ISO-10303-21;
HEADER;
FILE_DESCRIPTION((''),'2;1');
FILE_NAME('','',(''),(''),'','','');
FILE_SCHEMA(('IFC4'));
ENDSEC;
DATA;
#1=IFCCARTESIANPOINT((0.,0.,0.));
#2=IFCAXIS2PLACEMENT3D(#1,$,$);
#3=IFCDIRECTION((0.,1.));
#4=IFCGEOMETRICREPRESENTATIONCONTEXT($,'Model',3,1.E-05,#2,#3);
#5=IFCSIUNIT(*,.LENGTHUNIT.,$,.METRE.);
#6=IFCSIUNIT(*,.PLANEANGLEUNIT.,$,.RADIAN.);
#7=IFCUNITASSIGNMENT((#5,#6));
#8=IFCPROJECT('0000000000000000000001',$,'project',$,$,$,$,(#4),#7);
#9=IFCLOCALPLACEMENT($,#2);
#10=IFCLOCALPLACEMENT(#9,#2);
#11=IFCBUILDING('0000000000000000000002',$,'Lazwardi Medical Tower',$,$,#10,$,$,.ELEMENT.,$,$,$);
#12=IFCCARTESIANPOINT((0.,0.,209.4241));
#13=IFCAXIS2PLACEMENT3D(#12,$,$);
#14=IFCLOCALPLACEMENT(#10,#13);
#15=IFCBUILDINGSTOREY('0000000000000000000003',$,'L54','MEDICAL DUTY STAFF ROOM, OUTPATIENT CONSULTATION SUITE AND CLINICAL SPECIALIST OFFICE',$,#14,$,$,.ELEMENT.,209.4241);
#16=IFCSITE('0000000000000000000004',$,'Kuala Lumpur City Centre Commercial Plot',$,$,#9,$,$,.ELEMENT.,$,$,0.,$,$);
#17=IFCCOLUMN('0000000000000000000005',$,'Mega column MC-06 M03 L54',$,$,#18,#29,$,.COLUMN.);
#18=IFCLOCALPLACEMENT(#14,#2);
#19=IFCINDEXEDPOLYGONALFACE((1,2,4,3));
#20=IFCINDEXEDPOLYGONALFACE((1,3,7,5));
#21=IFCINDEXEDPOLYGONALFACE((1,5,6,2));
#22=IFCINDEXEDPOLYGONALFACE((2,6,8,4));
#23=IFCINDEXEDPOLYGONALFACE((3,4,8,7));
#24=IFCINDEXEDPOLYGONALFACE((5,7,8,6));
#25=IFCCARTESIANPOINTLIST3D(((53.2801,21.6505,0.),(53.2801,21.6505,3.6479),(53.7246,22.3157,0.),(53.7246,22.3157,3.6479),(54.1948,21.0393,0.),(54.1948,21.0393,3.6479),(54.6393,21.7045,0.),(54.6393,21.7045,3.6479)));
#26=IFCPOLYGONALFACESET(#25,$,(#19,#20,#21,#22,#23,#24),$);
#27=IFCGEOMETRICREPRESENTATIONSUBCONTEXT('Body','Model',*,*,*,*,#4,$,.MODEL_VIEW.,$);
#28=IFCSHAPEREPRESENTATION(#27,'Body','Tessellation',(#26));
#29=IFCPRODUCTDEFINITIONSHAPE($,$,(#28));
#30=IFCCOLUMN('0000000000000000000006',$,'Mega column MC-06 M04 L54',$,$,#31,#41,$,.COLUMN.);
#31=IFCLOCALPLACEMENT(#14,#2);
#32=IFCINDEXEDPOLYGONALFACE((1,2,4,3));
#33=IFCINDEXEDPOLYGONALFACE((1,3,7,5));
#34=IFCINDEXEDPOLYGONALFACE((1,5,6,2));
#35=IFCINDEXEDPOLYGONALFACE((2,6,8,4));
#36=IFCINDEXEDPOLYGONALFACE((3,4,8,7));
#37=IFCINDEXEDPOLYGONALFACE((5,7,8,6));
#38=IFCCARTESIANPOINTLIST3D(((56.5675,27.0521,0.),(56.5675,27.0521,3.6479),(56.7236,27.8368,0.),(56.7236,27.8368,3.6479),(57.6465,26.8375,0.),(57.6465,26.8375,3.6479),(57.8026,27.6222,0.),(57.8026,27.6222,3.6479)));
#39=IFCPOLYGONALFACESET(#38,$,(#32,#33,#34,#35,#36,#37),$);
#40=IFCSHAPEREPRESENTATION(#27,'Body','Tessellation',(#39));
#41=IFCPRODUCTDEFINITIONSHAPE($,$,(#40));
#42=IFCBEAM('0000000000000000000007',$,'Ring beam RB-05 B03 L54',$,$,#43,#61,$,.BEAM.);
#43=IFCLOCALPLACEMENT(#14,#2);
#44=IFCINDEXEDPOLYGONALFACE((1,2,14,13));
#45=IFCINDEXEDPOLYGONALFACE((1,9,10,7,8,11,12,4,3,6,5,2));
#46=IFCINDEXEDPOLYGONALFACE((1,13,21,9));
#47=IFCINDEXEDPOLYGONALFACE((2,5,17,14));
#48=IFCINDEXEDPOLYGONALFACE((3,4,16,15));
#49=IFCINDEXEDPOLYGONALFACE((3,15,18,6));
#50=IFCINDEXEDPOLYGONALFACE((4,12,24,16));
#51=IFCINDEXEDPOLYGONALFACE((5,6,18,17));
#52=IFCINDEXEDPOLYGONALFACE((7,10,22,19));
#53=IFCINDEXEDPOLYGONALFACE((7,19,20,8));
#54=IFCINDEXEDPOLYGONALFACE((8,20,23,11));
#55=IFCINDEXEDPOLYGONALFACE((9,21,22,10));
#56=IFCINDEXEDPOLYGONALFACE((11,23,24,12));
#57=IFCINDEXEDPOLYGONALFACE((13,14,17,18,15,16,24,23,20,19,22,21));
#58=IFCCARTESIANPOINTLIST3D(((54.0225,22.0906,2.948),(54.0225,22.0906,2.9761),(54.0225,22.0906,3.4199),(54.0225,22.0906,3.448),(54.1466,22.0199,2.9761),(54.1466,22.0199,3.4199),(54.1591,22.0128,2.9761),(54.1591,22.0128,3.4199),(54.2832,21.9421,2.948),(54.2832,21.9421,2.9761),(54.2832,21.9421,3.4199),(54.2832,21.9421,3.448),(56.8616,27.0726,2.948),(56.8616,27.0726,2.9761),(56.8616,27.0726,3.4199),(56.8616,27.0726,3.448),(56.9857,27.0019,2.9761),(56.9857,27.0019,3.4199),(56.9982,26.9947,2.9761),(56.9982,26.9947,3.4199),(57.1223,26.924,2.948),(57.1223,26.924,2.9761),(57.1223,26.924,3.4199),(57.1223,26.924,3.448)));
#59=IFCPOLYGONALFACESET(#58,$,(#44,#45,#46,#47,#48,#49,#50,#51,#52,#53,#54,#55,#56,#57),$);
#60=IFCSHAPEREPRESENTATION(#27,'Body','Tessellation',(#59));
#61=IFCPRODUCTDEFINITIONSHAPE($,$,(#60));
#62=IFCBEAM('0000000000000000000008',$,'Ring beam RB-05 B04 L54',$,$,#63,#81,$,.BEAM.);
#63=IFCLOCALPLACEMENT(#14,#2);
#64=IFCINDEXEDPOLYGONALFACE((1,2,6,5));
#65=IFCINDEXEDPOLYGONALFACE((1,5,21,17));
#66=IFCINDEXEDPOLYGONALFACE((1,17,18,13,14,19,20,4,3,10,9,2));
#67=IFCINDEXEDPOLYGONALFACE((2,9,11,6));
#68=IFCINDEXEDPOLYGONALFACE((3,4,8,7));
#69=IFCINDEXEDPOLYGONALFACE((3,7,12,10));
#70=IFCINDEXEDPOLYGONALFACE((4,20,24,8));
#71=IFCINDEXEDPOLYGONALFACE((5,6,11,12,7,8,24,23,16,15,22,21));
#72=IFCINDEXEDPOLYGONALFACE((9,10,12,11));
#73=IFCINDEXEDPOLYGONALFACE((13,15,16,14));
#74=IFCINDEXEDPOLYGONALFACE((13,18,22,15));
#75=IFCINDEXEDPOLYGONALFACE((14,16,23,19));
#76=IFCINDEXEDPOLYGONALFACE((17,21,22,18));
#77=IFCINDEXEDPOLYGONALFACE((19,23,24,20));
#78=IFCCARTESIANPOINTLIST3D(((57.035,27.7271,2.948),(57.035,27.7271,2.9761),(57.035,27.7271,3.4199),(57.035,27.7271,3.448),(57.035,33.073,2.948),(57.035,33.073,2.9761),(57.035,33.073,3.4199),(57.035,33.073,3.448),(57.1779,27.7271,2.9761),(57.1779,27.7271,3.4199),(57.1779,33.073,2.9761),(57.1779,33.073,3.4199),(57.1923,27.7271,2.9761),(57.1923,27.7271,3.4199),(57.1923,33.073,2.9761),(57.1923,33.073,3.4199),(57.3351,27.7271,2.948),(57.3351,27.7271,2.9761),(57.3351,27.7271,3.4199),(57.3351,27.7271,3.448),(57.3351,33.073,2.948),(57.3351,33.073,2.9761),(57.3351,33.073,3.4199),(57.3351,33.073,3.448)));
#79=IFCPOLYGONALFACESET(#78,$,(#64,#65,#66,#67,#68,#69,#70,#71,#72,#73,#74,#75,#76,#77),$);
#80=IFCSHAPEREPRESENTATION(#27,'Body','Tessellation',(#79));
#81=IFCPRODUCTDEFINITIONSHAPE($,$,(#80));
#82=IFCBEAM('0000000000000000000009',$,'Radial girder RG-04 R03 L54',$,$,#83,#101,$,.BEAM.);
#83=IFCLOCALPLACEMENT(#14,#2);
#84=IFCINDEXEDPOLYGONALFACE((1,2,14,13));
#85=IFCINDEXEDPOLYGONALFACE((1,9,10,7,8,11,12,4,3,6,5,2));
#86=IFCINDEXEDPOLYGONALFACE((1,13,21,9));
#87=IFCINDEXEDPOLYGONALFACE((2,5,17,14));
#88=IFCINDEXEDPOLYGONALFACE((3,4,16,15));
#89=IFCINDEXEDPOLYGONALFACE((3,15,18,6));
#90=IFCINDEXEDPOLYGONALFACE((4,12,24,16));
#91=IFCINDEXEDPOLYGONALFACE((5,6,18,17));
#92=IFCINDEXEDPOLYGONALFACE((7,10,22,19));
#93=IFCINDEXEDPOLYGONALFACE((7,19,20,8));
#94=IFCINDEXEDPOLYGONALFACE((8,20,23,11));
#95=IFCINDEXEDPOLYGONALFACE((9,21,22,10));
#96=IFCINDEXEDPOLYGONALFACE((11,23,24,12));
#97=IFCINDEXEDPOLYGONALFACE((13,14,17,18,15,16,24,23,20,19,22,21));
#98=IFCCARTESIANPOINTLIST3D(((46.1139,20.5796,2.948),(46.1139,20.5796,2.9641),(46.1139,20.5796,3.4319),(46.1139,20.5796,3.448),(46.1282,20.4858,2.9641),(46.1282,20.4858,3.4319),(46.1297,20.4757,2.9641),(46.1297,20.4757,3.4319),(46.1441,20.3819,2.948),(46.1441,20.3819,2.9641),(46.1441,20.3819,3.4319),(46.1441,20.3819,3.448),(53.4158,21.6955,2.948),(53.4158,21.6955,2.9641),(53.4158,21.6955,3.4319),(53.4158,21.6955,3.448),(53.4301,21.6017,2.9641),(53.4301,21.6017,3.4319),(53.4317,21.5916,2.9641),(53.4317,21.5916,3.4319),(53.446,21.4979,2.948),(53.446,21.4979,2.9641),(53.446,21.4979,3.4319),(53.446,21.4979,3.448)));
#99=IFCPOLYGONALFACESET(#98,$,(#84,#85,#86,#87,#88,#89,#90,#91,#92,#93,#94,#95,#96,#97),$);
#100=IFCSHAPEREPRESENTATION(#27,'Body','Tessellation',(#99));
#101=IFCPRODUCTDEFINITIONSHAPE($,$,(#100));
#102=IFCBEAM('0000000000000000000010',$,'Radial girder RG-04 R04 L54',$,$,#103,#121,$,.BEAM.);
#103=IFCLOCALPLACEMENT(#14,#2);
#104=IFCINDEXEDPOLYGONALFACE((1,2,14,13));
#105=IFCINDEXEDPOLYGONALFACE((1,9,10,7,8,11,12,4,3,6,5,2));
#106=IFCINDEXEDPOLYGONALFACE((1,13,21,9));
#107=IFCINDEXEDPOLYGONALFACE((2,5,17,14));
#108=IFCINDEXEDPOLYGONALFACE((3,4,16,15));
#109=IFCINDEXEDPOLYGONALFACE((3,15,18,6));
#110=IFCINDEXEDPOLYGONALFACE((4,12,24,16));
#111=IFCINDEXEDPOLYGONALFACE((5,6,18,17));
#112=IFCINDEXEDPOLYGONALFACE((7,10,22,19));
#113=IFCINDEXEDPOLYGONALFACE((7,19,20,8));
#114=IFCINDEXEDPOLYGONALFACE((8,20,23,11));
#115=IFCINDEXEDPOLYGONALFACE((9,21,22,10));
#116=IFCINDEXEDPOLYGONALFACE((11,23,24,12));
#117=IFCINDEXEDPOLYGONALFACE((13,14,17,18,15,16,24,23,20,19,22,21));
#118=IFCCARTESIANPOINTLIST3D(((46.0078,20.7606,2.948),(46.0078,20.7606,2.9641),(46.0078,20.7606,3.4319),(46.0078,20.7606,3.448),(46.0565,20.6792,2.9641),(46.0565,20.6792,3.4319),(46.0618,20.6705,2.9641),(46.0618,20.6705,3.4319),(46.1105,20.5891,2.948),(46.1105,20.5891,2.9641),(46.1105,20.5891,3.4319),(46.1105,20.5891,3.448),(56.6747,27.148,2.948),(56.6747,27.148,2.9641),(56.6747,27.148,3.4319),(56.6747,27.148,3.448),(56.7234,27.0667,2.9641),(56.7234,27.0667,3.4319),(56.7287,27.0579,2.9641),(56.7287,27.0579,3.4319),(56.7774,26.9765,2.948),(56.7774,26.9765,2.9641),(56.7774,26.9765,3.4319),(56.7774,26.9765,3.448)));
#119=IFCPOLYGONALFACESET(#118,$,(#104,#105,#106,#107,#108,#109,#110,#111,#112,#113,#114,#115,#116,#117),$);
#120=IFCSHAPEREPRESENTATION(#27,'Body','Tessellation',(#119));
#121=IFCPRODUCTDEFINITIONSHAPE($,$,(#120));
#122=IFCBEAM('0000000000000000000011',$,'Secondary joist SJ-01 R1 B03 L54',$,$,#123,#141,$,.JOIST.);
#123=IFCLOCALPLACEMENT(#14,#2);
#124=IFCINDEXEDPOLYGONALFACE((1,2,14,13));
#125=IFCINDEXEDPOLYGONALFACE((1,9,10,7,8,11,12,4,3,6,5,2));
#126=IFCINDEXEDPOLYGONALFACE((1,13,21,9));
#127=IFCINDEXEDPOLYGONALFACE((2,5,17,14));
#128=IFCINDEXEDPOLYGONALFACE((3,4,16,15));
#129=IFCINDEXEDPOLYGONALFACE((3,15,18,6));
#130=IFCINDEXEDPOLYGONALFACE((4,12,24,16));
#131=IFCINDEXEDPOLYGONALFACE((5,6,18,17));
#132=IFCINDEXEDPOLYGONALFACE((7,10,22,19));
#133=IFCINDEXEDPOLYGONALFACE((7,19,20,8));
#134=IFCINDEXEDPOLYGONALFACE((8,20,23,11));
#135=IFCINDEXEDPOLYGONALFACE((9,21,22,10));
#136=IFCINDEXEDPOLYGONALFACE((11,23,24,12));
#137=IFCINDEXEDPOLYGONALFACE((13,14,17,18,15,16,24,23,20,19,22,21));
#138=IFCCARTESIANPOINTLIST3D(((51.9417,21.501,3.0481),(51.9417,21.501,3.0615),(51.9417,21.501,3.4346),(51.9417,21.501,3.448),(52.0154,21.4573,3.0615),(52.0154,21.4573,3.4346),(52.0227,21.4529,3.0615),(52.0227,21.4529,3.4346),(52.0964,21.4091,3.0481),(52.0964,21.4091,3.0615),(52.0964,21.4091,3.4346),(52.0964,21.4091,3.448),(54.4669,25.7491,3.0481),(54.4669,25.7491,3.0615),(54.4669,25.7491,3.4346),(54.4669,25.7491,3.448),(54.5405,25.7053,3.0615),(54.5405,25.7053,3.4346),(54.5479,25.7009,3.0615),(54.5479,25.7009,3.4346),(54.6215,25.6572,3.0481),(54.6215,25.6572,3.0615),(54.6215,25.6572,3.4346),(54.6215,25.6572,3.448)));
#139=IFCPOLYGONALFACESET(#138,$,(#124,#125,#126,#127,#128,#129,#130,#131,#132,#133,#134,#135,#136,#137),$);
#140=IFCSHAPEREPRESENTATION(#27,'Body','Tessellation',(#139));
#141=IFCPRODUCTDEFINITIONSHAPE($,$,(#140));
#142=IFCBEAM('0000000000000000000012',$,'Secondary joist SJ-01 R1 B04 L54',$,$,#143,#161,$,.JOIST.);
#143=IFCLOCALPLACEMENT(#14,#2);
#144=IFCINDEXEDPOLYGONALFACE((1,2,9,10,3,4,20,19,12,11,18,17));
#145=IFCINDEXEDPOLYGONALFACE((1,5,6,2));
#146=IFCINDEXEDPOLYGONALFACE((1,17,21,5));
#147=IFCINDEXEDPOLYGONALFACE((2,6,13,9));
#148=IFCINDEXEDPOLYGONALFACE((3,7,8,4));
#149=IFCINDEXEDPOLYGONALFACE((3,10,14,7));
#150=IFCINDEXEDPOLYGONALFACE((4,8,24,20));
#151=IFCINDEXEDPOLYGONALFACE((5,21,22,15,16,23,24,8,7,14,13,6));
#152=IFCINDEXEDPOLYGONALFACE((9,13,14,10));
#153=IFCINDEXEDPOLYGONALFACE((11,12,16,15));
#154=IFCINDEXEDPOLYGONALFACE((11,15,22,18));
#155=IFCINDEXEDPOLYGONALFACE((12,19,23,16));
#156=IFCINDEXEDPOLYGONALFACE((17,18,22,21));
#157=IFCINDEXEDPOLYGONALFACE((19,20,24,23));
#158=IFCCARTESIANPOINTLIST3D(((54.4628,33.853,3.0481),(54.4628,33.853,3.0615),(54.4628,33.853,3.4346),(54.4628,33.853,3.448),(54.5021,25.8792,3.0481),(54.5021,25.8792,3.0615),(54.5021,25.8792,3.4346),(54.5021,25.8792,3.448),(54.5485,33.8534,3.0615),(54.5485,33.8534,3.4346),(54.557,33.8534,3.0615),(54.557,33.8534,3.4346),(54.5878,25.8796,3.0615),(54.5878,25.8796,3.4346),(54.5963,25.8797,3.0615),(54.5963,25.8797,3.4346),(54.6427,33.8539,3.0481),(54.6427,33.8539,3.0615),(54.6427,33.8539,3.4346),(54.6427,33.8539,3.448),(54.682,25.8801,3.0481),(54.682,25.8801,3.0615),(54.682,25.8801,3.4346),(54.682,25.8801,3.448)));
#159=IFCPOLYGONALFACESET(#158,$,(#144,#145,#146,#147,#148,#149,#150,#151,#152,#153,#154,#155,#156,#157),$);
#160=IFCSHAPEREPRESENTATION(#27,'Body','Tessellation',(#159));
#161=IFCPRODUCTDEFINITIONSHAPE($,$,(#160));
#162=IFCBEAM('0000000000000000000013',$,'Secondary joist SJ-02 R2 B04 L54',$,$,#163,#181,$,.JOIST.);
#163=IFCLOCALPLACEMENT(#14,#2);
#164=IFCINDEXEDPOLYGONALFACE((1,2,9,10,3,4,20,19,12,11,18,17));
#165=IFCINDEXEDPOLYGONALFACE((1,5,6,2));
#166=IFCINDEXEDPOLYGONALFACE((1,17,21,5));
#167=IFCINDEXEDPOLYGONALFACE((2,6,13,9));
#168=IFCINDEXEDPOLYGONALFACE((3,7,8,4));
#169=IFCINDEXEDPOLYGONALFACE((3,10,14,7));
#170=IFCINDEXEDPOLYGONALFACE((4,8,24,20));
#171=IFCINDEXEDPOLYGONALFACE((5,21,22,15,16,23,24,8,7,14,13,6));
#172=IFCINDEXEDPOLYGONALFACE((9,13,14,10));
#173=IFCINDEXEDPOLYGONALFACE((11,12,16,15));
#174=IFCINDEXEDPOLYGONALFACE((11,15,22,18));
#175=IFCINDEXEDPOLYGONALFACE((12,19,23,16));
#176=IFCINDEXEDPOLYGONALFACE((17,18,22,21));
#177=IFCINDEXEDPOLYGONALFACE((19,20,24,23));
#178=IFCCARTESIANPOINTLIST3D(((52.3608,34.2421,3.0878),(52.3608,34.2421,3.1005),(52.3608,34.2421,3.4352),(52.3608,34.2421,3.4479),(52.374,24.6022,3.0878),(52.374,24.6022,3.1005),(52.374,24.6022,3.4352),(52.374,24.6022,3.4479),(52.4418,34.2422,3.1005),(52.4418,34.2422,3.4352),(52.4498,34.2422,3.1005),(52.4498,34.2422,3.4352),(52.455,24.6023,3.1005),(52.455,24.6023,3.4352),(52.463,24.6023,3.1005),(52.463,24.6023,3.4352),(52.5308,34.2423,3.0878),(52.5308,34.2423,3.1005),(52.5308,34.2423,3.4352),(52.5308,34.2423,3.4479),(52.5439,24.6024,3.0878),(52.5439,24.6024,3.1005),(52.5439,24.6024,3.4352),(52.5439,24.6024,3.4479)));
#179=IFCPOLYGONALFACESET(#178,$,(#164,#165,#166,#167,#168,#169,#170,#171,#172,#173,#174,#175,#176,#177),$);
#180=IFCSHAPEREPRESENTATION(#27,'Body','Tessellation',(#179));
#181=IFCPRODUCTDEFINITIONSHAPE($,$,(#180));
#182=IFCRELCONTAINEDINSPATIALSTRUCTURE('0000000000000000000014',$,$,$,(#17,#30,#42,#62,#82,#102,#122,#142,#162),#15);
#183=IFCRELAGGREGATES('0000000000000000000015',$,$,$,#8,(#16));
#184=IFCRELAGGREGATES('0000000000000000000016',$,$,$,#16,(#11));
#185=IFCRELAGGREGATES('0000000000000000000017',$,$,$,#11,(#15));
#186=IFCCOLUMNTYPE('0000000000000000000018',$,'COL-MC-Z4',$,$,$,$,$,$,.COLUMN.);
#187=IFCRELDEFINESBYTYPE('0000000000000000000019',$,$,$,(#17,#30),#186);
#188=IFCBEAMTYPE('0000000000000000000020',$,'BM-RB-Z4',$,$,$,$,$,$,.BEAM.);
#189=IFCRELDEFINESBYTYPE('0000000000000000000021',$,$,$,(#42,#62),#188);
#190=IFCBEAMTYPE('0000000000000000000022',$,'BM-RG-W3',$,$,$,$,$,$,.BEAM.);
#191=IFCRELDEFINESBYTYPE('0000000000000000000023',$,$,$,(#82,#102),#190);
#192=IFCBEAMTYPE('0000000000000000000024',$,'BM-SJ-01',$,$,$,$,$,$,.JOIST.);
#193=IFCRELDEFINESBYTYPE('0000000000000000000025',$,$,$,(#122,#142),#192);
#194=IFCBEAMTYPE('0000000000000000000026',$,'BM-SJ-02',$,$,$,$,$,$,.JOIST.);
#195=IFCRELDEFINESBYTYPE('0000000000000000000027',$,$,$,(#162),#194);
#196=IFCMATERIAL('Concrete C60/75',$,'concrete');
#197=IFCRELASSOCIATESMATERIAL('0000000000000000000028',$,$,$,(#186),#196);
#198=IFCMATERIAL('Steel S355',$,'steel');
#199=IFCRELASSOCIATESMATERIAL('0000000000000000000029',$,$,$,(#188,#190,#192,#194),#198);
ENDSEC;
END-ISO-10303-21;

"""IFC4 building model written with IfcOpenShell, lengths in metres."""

from ifc_helpers import new_model, si_unit, direction, frame, origin, origin_2d, place, context, subcontext, project, spatial, rectangle, i_section, extrude, material, material_profile, profile_set, type_object, element, save


model = new_model("IFC4")

# Units and contexts
model_context = context("Model", 3, precision=1e-05, world=origin(), true_north=direction((0.0, 1.0)))
body_context = subcontext(model_context, "Body", "Model", "MODEL_VIEW")
ifc_project = project(units=[si_unit("LENGTHUNIT", "METRE"), si_unit("PLANEANGLEUNIT", "RADIAN")], contexts=[model_context])

# Site, building, storey
site_placement = place(None, origin())
site = spatial("IfcSite", under=ifc_project, at=site_placement, Name="Kuala Lumpur City Centre Commercial Plot", CompositionType="ELEMENT", RefElevation=0.0)
building_placement = place(site_placement, origin())
building = spatial("IfcBuilding", under=site, at=building_placement, Name="Lazwardi Medical Tower", CompositionType="ELEMENT")
storey_placement = place(building_placement, frame((0.0, 0.0, 209.4241)))
storey = spatial("IfcBuildingStorey", under=building, at=storey_placement, Name="L54", Description="MEDICAL DUTY STAFF ROOM, OUTPATIENT CONSULTATION SUITE AND CLINICAL SPECIALIST OFFICE", CompositionType="ELEMENT", Elevation=209.4241)

# Columns
ifc_material_1 = material(Name="Concrete C60/75", Category="concrete")
ifc_material_profile_1 = material_profile(ifc_material_1, rectangle(XDim=1.1001, YDim=0.8, at=origin_2d()), Name="CFT-RECT 1100x800")
ifc_profile_set_1 = profile_set([ifc_material_profile_1], Name="Concrete C60/75")
column_type = type_object("IfcColumnType", Name="COL-MC-Z4", PredefinedType="COLUMN", material=ifc_profile_set_1)
for number, where, z_axis, x_axis, name in (
    (1, (53.9597, 21.6775, 0.0), (0.0, 0.0, 1.0), (0.83147, -0.55557, 0.0), "Mega column MC-06 M03 L54"),
    (2, (57.1851, 27.3372, 0.0), (0.0, 0.0, 1.0), (0.980785, -0.19509, 0.0), "Mega column MC-06 M04 L54"),
):
    element("IfcColumn", number, at=place(storey_placement, frame(where, z_axis=z_axis, x_axis=x_axis)), inside=storey, type_object=column_type, Name=name, PredefinedType="COLUMN", context=body_context, shape_type="SweptSolid", body=[
        extrude(rectangle(XDim=1.1001, YDim=0.8, at=origin_2d()), origin(), (0.0, 0.0, 1.0), 3.6479),
    ])

# Beams
ifc_material_2 = material(Name="Steel S355", Category="steel")
ifc_material_profile_2 = material_profile(ifc_material_2, i_section(OverallWidth=0.3, OverallDepth=0.5, WebThickness=0.0144, FlangeThickness=0.0281, at=origin_2d()), Name="HEB 500")
ifc_profile_set_2 = profile_set([ifc_material_profile_2], Name="Steel S355")
beam_type_1 = type_object("IfcBeamType", Name="BM-RB-Z4", PredefinedType="BEAM", material=ifc_profile_set_2)
beam_1_placement = place(storey_placement, frame((54.1528, 22.0164, 3.198), z_axis=(0.495125, 0.868822, 0.0), x_axis=(-0.868822, 0.495125, 0.0)))
element("IfcBeam", 3, at=beam_1_placement, inside=storey, type_object=beam_type_1, Name="Ring beam RB-05 B03 L54", PredefinedType="BEAM", context=body_context, shape_type="SweptSolid", body=[
    extrude(i_section(OverallWidth=0.3, OverallDepth=0.5, WebThickness=0.0144, FlangeThickness=0.0281, at=origin_2d()), origin(), (0.0, 0.0, 1.0), 5.7341),
])
beam_2_placement = place(storey_placement, frame((57.1851, 27.7271, 3.198), z_axis=(0.0, 1.0, 0.0), x_axis=(-1.0, 0.0, 0.0)))
element("IfcBeam", 4, at=beam_2_placement, inside=storey, type_object=beam_type_1, Name="Ring beam RB-05 B04 L54", PredefinedType="BEAM", context=body_context, shape_type="SweptSolid", body=[
    extrude(i_section(OverallWidth=0.3, OverallDepth=0.5, WebThickness=0.0144, FlangeThickness=0.0281, at=origin_2d()), origin(), (0.0, 0.0, 1.0), 5.3459),
])
ifc_material_profile_3 = material_profile(ifc_material_2, i_section(OverallWidth=0.2, OverallDepth=0.5, WebThickness=0.0103, FlangeThickness=0.0161, at=origin_2d()), Name="IPE 500")
ifc_profile_set_3 = profile_set([ifc_material_profile_3], Name="Steel S355")
beam_type_2 = type_object("IfcBeamType", Name="BM-RG-W3", PredefinedType="BEAM", material=ifc_profile_set_3)
beam_3_placement = place(storey_placement, frame((53.4309, 21.5967, 3.198), z_axis=(-0.988522, -0.151076, 0.0), x_axis=(0.151076, -0.988522, 0.0)))
element("IfcBeam", 5, at=beam_3_placement, inside=storey, type_object=beam_type_2, Name="Radial girder RG-04 R03 L54", PredefinedType="BEAM", context=body_context, shape_type="SweptSolid", body=[
    extrude(i_section(OverallWidth=0.2, OverallDepth=0.5, WebThickness=0.0103, FlangeThickness=0.0161, at=origin_2d()), origin(), (0.0, 0.0, 1.0), 7.3867),
])
beam_4_placement = place(storey_placement, frame((56.7261, 27.0623, 3.198), z_axis=(-0.857945, -0.513742, 0.0), x_axis=(0.513742, -0.857945, 0.0)))
element("IfcBeam", 6, at=beam_4_placement, inside=storey, type_object=beam_type_2, Name="Radial girder RG-04 R04 L54", PredefinedType="BEAM", context=body_context, shape_type="SweptSolid", body=[
    extrude(i_section(OverallWidth=0.2, OverallDepth=0.5, WebThickness=0.0103, FlangeThickness=0.0161, at=origin_2d()), origin(), (0.0, 0.0, 1.0), 12.4331),
])
ifc_material_profile_4 = material_profile(ifc_material_2, i_section(OverallWidth=0.1799, OverallDepth=0.3999, WebThickness=0.0085, FlangeThickness=0.0134, at=origin_2d()), Name="IPE 400")
ifc_profile_set_4 = profile_set([ifc_material_profile_4], Name="Steel S355")
beam_type_3 = type_object("IfcBeamType", Name="BM-SJ-01", PredefinedType="JOIST", material=ifc_profile_set_4)
beam_5_placement = place(storey_placement, frame((52.019, 21.4551, 3.248), z_axis=(0.510968, 0.8596, 0.0), x_axis=(-0.8596, 0.510968, 0.0)))
element("IfcBeam", 7, at=beam_5_placement, inside=storey, type_object=beam_type_3, Name="Secondary joist SJ-01 R1 B03 L54", PredefinedType="JOIST", context=body_context, shape_type="SweptSolid", body=[
    extrude(i_section(OverallWidth=0.1799, OverallDepth=0.3999, WebThickness=0.0085, FlangeThickness=0.0134, at=origin_2d()), origin(), (0.0, 0.0, 1.0), 4.9419),
])
beam_6_placement = place(storey_placement, frame((54.592, 25.8796, 3.248), z_axis=(-0.004929, 0.999988, 0.0), x_axis=(-0.999988, -0.004929, 0.0)))
element("IfcBeam", 8, at=beam_6_placement, inside=storey, type_object=beam_type_3, Name="Secondary joist SJ-01 R1 B04 L54", PredefinedType="JOIST", context=body_context, shape_type="SweptSolid", body=[
    extrude(i_section(OverallWidth=0.1799, OverallDepth=0.3999, WebThickness=0.0085, FlangeThickness=0.0134, at=origin_2d()), origin(), (0.0, 0.0, 1.0), 7.9739),
])
ifc_material_profile_5 = material_profile(ifc_material_2, i_section(OverallWidth=0.1699, OverallDepth=0.3601, WebThickness=0.0081, FlangeThickness=0.0127, at=origin_2d()), Name="IPE 360")
ifc_profile_set_5 = profile_set([ifc_material_profile_5], Name="Steel S355")
beam_type_4 = type_object("IfcBeamType", Name="BM-SJ-02", PredefinedType="JOIST", material=ifc_profile_set_5)
beam_7_placement = place(storey_placement, frame((52.459, 24.6023, 3.2678), z_axis=(-0.001368, 0.999999, 0.0), x_axis=(-0.999999, -0.001368, 0.0)))
element("IfcBeam", 9, at=beam_7_placement, inside=storey, type_object=beam_type_4, Name="Secondary joist SJ-02 R2 B04 L54", PredefinedType="JOIST", context=body_context, shape_type="SweptSolid", body=[
    extrude(i_section(OverallWidth=0.1699, OverallDepth=0.3601, WebThickness=0.0081, FlangeThickness=0.0127, at=origin_2d()), origin(), (0.0, 0.0, 1.0), 9.6399),
])

save(model, "model.ifc")
